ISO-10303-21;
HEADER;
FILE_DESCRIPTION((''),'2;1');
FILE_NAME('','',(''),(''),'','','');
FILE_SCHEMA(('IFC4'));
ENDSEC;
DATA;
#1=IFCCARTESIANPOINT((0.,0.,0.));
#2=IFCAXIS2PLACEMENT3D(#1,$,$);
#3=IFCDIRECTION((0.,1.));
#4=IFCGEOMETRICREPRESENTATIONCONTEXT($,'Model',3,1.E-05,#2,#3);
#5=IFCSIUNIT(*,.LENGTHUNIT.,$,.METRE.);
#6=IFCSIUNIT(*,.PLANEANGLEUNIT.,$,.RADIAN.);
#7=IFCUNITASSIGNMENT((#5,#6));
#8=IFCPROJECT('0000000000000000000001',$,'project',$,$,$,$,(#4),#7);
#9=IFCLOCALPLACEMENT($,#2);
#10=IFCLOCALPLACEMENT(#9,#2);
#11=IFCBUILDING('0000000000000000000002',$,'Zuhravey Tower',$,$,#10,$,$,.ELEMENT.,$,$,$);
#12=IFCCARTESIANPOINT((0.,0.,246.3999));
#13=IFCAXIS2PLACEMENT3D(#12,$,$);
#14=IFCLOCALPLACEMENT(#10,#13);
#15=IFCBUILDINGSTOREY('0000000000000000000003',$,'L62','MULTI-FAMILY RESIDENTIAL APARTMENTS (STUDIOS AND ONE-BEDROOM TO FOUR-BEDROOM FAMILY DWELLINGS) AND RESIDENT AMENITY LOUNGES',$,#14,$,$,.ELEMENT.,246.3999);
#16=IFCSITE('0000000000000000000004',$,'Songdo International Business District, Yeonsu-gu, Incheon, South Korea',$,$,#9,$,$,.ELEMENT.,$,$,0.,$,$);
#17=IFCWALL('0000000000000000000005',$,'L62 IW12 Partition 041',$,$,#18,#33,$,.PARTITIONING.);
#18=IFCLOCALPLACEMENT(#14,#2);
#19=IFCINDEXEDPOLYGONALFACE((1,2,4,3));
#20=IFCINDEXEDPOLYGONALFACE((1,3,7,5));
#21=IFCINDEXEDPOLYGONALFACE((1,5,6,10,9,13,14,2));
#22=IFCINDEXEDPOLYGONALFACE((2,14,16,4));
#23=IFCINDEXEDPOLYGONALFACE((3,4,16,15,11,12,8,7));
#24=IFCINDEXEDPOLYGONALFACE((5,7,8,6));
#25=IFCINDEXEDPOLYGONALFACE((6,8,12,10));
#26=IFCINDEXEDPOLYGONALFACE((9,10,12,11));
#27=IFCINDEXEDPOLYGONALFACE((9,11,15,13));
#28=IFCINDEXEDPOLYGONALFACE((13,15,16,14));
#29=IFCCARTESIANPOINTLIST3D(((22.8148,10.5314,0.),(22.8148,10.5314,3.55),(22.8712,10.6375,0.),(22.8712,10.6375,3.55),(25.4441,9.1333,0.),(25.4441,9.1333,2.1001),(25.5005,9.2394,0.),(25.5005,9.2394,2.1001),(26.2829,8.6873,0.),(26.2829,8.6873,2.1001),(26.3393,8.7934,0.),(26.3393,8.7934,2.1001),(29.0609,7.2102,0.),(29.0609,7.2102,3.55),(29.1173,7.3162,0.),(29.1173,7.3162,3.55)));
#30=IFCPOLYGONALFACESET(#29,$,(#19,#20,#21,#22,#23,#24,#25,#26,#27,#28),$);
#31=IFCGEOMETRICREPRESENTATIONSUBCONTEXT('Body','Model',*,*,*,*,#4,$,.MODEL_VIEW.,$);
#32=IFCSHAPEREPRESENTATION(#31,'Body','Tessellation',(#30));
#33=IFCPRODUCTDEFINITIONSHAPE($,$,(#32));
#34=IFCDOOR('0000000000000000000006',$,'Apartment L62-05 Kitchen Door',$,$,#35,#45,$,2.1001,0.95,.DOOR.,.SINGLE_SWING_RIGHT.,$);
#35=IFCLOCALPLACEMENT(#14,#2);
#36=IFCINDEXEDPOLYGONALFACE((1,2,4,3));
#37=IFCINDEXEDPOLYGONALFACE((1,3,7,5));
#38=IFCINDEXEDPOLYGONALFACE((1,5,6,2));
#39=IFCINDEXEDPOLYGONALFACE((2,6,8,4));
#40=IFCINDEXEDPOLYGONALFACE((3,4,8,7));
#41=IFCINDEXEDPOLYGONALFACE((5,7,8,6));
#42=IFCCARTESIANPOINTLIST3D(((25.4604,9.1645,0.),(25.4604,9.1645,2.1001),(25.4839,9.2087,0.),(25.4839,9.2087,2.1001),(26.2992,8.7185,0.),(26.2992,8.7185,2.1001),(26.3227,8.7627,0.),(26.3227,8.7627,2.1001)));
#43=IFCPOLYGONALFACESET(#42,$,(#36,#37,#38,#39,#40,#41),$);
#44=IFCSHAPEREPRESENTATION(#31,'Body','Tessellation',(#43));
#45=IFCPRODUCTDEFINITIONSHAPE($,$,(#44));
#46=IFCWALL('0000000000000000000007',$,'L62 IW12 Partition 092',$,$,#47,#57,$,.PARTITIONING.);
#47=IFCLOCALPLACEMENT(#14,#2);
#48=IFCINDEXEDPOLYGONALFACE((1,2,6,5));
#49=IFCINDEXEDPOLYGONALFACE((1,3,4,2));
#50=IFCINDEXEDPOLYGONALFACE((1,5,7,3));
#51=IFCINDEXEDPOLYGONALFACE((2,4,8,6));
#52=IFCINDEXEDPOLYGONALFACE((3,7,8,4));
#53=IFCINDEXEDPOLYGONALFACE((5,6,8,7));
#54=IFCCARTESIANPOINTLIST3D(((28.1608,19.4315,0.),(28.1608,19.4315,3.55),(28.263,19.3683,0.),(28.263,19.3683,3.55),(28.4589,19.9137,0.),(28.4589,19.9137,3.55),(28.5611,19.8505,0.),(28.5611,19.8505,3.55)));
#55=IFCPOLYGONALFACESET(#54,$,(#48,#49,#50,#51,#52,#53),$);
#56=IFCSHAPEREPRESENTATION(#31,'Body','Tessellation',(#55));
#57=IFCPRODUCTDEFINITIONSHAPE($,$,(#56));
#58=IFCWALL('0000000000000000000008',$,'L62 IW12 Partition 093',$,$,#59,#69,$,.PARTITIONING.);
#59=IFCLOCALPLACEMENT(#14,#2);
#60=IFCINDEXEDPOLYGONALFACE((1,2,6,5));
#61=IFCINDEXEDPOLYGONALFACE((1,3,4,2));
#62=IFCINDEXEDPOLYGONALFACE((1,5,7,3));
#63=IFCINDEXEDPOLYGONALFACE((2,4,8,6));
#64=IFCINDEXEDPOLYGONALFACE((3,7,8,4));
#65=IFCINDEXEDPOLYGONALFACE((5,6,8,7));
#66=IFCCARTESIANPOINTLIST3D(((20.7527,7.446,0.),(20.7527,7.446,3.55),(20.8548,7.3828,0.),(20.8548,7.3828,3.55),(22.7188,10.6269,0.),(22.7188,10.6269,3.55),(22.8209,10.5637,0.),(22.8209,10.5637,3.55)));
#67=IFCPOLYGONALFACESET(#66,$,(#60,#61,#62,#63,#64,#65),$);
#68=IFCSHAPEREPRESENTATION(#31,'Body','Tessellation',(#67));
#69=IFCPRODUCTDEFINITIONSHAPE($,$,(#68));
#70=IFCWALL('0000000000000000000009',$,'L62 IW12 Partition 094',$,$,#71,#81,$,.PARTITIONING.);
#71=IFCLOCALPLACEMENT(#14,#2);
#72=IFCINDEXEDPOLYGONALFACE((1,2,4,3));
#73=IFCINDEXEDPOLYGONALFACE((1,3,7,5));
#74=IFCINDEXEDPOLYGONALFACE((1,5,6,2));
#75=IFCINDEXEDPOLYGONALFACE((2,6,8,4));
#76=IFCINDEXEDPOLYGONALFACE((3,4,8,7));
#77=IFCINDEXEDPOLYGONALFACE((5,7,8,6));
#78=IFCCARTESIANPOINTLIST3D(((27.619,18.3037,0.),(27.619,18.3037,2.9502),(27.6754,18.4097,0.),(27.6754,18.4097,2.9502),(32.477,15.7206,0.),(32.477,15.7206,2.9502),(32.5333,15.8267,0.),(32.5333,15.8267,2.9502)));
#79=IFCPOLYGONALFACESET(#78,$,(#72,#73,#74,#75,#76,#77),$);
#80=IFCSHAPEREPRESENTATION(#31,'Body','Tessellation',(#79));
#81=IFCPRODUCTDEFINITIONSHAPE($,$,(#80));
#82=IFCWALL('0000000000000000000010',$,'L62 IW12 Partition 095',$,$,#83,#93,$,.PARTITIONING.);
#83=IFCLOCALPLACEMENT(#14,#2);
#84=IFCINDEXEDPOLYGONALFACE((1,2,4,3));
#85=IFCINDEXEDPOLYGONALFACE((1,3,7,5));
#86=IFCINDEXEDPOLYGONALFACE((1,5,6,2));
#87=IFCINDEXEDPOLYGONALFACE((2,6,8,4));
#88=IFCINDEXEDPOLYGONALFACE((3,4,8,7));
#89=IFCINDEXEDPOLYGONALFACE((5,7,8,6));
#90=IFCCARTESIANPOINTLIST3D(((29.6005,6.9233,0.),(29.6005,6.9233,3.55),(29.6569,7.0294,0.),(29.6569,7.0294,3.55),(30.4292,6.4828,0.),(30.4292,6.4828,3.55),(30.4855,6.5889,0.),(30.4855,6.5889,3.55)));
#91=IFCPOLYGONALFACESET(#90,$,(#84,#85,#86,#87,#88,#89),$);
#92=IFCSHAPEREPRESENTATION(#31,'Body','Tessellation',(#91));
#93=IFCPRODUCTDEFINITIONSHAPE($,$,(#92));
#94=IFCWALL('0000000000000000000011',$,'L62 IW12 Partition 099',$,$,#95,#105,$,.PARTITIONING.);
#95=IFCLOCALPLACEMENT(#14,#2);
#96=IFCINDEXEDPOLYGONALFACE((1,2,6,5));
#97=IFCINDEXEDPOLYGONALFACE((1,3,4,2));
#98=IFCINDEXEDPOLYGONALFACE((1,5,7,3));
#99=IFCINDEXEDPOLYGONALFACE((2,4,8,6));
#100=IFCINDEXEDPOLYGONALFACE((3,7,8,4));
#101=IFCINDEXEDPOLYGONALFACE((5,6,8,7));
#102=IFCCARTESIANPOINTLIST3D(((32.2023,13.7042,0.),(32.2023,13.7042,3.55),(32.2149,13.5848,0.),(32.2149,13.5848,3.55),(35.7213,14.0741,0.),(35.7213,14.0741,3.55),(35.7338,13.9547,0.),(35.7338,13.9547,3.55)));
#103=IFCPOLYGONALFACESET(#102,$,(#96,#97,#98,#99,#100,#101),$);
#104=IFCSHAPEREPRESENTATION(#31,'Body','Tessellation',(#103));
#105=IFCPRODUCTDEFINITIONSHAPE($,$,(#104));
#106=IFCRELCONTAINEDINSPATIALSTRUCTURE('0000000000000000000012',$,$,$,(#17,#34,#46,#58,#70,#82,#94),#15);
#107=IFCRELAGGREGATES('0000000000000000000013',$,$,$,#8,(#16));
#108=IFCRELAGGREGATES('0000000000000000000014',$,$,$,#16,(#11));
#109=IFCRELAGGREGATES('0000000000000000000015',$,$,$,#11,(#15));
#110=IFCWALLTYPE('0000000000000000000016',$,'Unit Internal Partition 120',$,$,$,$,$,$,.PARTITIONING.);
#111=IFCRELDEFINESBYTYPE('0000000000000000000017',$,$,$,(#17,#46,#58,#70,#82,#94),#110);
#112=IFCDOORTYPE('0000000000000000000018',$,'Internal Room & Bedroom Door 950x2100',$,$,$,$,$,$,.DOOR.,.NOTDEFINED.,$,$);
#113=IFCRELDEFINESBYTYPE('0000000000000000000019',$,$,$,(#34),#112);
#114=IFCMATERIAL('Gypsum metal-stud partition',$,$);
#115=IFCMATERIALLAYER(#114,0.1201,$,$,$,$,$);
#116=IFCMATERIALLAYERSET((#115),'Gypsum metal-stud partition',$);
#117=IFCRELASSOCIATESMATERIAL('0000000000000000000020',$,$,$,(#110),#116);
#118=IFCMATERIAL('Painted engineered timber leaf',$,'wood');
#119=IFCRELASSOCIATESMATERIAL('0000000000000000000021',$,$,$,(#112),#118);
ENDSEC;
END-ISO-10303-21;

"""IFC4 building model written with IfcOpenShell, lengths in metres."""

from ifc_helpers import new_model, si_unit, direction, frame, frame_2d, origin, place, context, subcontext, project, spatial, rectangle, extrude, material, layer, layer_set, type_object, element, fill, save


model = new_model("IFC4")

# Units and contexts
model_context = context("Model", 3, precision=1e-05, world=origin(), true_north=direction((0.0, 1.0)))
body_context = subcontext(model_context, "Body", "Model", "MODEL_VIEW")
ifc_project = project(units=[si_unit("LENGTHUNIT", "METRE"), si_unit("PLANEANGLEUNIT", "RADIAN")], contexts=[model_context])

# Site, building, storey
site_placement = place(None, origin())
site = spatial("IfcSite", under=ifc_project, at=site_placement, Name="Songdo International Business District, Yeonsu-gu, Incheon, South Korea", CompositionType="ELEMENT", RefElevation=0.0)
building_placement = place(site_placement, origin())
building = spatial("IfcBuilding", under=site, at=building_placement, Name="Zuhravey Tower", CompositionType="ELEMENT")
storey_placement = place(building_placement, frame((0.0, 0.0, 246.3999)))
storey = spatial("IfcBuildingStorey", under=building, at=storey_placement, Name="L62", Description="MULTI-FAMILY RESIDENTIAL APARTMENTS (STUDIOS AND ONE-BEDROOM TO FOUR-BEDROOM FAMILY DWELLINGS) AND RESIDENT AMENITY LOUNGES", CompositionType="ELEMENT", Elevation=246.3999)

# Wall, opening, door
ifc_material_1 = material(Name="Gypsum metal-stud partition")
ifc_layer_1 = layer(ifc_material_1, 0.1201)
ifc_layer_set_1 = layer_set([ifc_layer_1], Name="Gypsum metal-stud partition")
wall_type_1 = type_object("IfcWallType", Name="Unit Internal Partition 120", PredefinedType="PARTITIONING", material=ifc_layer_set_1)
ifc_material_2 = material(Name="Painted engineered timber leaf", Category="wood")
door_type_1 = type_object("IfcDoorType", Name="Internal Room & Bedroom Door 950x2100", OperationType="NOTDEFINED", PredefinedType="DOOR", material=ifc_material_2)
wall_1_placement = place(storey_placement, frame((22.843, 10.5845, 0.0), z_axis=(0.0, 0.0, 1.0), x_axis=(0.882937, -0.469492, 0.0)))
wall_1 = element("IfcWall", 1, at=wall_1_placement, inside=storey, type_object=wall_type_1, Name="L62 IW12 Partition 041", PredefinedType="PARTITIONING", context=body_context, shape_type="SweptSolid", body=[
    extrude(rectangle(XDim=7.0742, YDim=0.1201, at=frame_2d((3.5371, 0.0))), origin(), (0.0, 0.0, 1.0), 3.55),
])
opening_1_placement = place(wall_1_placement, frame((2.9778, 0.0, 0.0)))
opening_1 = element("IfcOpeningElement", 2, at=opening_1_placement, cuts=wall_1, PredefinedType="OPENING", context=body_context, shape_type="SweptSolid", body=[
    extrude(rectangle(XDim=0.95, YDim=2.1001, at=frame_2d((0.4751, 1.05))), frame((0.0, 0.072, 0.0), z_axis=(0.0, -1.0, 0.0), x_axis=(1.0, 0.0, 0.0)), (0.0, 0.0, 1.0), 0.144),
])
door_1_placement = place(opening_1_placement, frame((0.95, 0.0, 0.0), z_axis=(0.0, 0.0, 1.0), x_axis=(-1.0, 0.0, 0.0)))
door_1 = element("IfcDoor", 3, at=door_1_placement, inside=storey, type_object=door_type_1, Name="Apartment L62-05 Kitchen Door", OperationType="SINGLE_SWING_RIGHT", OverallHeight=2.1001, OverallWidth=0.95, PredefinedType="DOOR", context=body_context, shape_type="SweptSolid", body=[
    extrude(rectangle(XDim=0.95, YDim=2.1001, at=frame_2d((0.4751, 1.05))), frame((0.0, 0.0249, 0.0), z_axis=(0.0, -1.0, 0.0), x_axis=(1.0, 0.0, 0.0)), (0.0, 0.0, 1.0), 0.05),
])
fill(opening_1, door_1)

# Walls
wall_2_placement = place(storey_placement, frame((28.51, 19.8821, 0.0), z_axis=(0.0, 0.0, 1.0), x_axis=(-0.52585, -0.850577, 0.0)))
element("IfcWall", 4, at=wall_2_placement, inside=storey, type_object=wall_type_1, Name="L62 IW12 Partition 092", PredefinedType="PARTITIONING", context=body_context, shape_type="SweptSolid", body=[
    extrude(rectangle(XDim=0.5669, YDim=0.1201, at=frame_2d((0.2834, 0.0))), origin(), (0.0, 0.0, 1.0), 3.55),
])
wall_3_placement = place(storey_placement, frame((22.7698, 10.5952, 0.0), z_axis=(0.0, 0.0, 1.0), x_axis=(-0.525761, -0.850632, 0.0)))
element("IfcWall", 5, at=wall_3_placement, inside=storey, type_object=wall_type_1, Name="L62 IW12 Partition 093", PredefinedType="PARTITIONING", context=body_context, shape_type="SweptSolid", body=[
    extrude(rectangle(XDim=3.7395, YDim=0.1201, at=frame_2d((1.8696, 0.0))), origin(), (0.0, 0.0, 1.0), 3.55),
])
wall_4_placement = place(storey_placement, frame((27.6472, 18.3567, 0.0), z_axis=(0.0, 0.0, 1.0), x_axis=(0.882947, -0.469473, 0.0)))
element("IfcWall", 6, at=wall_4_placement, inside=storey, type_object=wall_type_1, Name="L62 IW12 Partition 094", PredefinedType="PARTITIONING", context=body_context, shape_type="SweptSolid", body=[
    extrude(rectangle(XDim=5.502, YDim=0.1201, at=frame_2d((2.751, 0.0))), origin(), (0.0, 0.0, 1.0), 2.9502),
])
wall_5_placement = place(storey_placement, frame((29.6287, 6.9763, 0.0), z_axis=(0.0, 0.0, 1.0), x_axis=(0.883015, -0.469345, 0.0)))
element("IfcWall", 7, at=wall_5_placement, inside=storey, type_object=wall_type_1, Name="L62 IW12 Partition 095", PredefinedType="PARTITIONING", context=body_context, shape_type="SweptSolid", body=[
    extrude(rectangle(XDim=0.9385, YDim=0.1201, at=frame_2d((0.4692, 0.0))), origin(), (0.0, 0.0, 1.0), 3.55),
])
wall_6_placement = place(storey_placement, frame((32.2087, 13.6445, 0.0), z_axis=(0.0, 0.0, 1.0), x_axis=(0.994522, 0.10453, 0.0)))
element("IfcWall", 8, at=wall_6_placement, inside=storey, type_object=wall_type_1, Name="L62 IW12 Partition 099", PredefinedType="PARTITIONING", context=body_context, shape_type="SweptSolid", body=[
    extrude(rectangle(XDim=3.5383, YDim=0.1201, at=frame_2d((1.769, 0.0))), origin(), (0.0, 0.0, 1.0), 3.55),
])

save(model, "model.ifc")
